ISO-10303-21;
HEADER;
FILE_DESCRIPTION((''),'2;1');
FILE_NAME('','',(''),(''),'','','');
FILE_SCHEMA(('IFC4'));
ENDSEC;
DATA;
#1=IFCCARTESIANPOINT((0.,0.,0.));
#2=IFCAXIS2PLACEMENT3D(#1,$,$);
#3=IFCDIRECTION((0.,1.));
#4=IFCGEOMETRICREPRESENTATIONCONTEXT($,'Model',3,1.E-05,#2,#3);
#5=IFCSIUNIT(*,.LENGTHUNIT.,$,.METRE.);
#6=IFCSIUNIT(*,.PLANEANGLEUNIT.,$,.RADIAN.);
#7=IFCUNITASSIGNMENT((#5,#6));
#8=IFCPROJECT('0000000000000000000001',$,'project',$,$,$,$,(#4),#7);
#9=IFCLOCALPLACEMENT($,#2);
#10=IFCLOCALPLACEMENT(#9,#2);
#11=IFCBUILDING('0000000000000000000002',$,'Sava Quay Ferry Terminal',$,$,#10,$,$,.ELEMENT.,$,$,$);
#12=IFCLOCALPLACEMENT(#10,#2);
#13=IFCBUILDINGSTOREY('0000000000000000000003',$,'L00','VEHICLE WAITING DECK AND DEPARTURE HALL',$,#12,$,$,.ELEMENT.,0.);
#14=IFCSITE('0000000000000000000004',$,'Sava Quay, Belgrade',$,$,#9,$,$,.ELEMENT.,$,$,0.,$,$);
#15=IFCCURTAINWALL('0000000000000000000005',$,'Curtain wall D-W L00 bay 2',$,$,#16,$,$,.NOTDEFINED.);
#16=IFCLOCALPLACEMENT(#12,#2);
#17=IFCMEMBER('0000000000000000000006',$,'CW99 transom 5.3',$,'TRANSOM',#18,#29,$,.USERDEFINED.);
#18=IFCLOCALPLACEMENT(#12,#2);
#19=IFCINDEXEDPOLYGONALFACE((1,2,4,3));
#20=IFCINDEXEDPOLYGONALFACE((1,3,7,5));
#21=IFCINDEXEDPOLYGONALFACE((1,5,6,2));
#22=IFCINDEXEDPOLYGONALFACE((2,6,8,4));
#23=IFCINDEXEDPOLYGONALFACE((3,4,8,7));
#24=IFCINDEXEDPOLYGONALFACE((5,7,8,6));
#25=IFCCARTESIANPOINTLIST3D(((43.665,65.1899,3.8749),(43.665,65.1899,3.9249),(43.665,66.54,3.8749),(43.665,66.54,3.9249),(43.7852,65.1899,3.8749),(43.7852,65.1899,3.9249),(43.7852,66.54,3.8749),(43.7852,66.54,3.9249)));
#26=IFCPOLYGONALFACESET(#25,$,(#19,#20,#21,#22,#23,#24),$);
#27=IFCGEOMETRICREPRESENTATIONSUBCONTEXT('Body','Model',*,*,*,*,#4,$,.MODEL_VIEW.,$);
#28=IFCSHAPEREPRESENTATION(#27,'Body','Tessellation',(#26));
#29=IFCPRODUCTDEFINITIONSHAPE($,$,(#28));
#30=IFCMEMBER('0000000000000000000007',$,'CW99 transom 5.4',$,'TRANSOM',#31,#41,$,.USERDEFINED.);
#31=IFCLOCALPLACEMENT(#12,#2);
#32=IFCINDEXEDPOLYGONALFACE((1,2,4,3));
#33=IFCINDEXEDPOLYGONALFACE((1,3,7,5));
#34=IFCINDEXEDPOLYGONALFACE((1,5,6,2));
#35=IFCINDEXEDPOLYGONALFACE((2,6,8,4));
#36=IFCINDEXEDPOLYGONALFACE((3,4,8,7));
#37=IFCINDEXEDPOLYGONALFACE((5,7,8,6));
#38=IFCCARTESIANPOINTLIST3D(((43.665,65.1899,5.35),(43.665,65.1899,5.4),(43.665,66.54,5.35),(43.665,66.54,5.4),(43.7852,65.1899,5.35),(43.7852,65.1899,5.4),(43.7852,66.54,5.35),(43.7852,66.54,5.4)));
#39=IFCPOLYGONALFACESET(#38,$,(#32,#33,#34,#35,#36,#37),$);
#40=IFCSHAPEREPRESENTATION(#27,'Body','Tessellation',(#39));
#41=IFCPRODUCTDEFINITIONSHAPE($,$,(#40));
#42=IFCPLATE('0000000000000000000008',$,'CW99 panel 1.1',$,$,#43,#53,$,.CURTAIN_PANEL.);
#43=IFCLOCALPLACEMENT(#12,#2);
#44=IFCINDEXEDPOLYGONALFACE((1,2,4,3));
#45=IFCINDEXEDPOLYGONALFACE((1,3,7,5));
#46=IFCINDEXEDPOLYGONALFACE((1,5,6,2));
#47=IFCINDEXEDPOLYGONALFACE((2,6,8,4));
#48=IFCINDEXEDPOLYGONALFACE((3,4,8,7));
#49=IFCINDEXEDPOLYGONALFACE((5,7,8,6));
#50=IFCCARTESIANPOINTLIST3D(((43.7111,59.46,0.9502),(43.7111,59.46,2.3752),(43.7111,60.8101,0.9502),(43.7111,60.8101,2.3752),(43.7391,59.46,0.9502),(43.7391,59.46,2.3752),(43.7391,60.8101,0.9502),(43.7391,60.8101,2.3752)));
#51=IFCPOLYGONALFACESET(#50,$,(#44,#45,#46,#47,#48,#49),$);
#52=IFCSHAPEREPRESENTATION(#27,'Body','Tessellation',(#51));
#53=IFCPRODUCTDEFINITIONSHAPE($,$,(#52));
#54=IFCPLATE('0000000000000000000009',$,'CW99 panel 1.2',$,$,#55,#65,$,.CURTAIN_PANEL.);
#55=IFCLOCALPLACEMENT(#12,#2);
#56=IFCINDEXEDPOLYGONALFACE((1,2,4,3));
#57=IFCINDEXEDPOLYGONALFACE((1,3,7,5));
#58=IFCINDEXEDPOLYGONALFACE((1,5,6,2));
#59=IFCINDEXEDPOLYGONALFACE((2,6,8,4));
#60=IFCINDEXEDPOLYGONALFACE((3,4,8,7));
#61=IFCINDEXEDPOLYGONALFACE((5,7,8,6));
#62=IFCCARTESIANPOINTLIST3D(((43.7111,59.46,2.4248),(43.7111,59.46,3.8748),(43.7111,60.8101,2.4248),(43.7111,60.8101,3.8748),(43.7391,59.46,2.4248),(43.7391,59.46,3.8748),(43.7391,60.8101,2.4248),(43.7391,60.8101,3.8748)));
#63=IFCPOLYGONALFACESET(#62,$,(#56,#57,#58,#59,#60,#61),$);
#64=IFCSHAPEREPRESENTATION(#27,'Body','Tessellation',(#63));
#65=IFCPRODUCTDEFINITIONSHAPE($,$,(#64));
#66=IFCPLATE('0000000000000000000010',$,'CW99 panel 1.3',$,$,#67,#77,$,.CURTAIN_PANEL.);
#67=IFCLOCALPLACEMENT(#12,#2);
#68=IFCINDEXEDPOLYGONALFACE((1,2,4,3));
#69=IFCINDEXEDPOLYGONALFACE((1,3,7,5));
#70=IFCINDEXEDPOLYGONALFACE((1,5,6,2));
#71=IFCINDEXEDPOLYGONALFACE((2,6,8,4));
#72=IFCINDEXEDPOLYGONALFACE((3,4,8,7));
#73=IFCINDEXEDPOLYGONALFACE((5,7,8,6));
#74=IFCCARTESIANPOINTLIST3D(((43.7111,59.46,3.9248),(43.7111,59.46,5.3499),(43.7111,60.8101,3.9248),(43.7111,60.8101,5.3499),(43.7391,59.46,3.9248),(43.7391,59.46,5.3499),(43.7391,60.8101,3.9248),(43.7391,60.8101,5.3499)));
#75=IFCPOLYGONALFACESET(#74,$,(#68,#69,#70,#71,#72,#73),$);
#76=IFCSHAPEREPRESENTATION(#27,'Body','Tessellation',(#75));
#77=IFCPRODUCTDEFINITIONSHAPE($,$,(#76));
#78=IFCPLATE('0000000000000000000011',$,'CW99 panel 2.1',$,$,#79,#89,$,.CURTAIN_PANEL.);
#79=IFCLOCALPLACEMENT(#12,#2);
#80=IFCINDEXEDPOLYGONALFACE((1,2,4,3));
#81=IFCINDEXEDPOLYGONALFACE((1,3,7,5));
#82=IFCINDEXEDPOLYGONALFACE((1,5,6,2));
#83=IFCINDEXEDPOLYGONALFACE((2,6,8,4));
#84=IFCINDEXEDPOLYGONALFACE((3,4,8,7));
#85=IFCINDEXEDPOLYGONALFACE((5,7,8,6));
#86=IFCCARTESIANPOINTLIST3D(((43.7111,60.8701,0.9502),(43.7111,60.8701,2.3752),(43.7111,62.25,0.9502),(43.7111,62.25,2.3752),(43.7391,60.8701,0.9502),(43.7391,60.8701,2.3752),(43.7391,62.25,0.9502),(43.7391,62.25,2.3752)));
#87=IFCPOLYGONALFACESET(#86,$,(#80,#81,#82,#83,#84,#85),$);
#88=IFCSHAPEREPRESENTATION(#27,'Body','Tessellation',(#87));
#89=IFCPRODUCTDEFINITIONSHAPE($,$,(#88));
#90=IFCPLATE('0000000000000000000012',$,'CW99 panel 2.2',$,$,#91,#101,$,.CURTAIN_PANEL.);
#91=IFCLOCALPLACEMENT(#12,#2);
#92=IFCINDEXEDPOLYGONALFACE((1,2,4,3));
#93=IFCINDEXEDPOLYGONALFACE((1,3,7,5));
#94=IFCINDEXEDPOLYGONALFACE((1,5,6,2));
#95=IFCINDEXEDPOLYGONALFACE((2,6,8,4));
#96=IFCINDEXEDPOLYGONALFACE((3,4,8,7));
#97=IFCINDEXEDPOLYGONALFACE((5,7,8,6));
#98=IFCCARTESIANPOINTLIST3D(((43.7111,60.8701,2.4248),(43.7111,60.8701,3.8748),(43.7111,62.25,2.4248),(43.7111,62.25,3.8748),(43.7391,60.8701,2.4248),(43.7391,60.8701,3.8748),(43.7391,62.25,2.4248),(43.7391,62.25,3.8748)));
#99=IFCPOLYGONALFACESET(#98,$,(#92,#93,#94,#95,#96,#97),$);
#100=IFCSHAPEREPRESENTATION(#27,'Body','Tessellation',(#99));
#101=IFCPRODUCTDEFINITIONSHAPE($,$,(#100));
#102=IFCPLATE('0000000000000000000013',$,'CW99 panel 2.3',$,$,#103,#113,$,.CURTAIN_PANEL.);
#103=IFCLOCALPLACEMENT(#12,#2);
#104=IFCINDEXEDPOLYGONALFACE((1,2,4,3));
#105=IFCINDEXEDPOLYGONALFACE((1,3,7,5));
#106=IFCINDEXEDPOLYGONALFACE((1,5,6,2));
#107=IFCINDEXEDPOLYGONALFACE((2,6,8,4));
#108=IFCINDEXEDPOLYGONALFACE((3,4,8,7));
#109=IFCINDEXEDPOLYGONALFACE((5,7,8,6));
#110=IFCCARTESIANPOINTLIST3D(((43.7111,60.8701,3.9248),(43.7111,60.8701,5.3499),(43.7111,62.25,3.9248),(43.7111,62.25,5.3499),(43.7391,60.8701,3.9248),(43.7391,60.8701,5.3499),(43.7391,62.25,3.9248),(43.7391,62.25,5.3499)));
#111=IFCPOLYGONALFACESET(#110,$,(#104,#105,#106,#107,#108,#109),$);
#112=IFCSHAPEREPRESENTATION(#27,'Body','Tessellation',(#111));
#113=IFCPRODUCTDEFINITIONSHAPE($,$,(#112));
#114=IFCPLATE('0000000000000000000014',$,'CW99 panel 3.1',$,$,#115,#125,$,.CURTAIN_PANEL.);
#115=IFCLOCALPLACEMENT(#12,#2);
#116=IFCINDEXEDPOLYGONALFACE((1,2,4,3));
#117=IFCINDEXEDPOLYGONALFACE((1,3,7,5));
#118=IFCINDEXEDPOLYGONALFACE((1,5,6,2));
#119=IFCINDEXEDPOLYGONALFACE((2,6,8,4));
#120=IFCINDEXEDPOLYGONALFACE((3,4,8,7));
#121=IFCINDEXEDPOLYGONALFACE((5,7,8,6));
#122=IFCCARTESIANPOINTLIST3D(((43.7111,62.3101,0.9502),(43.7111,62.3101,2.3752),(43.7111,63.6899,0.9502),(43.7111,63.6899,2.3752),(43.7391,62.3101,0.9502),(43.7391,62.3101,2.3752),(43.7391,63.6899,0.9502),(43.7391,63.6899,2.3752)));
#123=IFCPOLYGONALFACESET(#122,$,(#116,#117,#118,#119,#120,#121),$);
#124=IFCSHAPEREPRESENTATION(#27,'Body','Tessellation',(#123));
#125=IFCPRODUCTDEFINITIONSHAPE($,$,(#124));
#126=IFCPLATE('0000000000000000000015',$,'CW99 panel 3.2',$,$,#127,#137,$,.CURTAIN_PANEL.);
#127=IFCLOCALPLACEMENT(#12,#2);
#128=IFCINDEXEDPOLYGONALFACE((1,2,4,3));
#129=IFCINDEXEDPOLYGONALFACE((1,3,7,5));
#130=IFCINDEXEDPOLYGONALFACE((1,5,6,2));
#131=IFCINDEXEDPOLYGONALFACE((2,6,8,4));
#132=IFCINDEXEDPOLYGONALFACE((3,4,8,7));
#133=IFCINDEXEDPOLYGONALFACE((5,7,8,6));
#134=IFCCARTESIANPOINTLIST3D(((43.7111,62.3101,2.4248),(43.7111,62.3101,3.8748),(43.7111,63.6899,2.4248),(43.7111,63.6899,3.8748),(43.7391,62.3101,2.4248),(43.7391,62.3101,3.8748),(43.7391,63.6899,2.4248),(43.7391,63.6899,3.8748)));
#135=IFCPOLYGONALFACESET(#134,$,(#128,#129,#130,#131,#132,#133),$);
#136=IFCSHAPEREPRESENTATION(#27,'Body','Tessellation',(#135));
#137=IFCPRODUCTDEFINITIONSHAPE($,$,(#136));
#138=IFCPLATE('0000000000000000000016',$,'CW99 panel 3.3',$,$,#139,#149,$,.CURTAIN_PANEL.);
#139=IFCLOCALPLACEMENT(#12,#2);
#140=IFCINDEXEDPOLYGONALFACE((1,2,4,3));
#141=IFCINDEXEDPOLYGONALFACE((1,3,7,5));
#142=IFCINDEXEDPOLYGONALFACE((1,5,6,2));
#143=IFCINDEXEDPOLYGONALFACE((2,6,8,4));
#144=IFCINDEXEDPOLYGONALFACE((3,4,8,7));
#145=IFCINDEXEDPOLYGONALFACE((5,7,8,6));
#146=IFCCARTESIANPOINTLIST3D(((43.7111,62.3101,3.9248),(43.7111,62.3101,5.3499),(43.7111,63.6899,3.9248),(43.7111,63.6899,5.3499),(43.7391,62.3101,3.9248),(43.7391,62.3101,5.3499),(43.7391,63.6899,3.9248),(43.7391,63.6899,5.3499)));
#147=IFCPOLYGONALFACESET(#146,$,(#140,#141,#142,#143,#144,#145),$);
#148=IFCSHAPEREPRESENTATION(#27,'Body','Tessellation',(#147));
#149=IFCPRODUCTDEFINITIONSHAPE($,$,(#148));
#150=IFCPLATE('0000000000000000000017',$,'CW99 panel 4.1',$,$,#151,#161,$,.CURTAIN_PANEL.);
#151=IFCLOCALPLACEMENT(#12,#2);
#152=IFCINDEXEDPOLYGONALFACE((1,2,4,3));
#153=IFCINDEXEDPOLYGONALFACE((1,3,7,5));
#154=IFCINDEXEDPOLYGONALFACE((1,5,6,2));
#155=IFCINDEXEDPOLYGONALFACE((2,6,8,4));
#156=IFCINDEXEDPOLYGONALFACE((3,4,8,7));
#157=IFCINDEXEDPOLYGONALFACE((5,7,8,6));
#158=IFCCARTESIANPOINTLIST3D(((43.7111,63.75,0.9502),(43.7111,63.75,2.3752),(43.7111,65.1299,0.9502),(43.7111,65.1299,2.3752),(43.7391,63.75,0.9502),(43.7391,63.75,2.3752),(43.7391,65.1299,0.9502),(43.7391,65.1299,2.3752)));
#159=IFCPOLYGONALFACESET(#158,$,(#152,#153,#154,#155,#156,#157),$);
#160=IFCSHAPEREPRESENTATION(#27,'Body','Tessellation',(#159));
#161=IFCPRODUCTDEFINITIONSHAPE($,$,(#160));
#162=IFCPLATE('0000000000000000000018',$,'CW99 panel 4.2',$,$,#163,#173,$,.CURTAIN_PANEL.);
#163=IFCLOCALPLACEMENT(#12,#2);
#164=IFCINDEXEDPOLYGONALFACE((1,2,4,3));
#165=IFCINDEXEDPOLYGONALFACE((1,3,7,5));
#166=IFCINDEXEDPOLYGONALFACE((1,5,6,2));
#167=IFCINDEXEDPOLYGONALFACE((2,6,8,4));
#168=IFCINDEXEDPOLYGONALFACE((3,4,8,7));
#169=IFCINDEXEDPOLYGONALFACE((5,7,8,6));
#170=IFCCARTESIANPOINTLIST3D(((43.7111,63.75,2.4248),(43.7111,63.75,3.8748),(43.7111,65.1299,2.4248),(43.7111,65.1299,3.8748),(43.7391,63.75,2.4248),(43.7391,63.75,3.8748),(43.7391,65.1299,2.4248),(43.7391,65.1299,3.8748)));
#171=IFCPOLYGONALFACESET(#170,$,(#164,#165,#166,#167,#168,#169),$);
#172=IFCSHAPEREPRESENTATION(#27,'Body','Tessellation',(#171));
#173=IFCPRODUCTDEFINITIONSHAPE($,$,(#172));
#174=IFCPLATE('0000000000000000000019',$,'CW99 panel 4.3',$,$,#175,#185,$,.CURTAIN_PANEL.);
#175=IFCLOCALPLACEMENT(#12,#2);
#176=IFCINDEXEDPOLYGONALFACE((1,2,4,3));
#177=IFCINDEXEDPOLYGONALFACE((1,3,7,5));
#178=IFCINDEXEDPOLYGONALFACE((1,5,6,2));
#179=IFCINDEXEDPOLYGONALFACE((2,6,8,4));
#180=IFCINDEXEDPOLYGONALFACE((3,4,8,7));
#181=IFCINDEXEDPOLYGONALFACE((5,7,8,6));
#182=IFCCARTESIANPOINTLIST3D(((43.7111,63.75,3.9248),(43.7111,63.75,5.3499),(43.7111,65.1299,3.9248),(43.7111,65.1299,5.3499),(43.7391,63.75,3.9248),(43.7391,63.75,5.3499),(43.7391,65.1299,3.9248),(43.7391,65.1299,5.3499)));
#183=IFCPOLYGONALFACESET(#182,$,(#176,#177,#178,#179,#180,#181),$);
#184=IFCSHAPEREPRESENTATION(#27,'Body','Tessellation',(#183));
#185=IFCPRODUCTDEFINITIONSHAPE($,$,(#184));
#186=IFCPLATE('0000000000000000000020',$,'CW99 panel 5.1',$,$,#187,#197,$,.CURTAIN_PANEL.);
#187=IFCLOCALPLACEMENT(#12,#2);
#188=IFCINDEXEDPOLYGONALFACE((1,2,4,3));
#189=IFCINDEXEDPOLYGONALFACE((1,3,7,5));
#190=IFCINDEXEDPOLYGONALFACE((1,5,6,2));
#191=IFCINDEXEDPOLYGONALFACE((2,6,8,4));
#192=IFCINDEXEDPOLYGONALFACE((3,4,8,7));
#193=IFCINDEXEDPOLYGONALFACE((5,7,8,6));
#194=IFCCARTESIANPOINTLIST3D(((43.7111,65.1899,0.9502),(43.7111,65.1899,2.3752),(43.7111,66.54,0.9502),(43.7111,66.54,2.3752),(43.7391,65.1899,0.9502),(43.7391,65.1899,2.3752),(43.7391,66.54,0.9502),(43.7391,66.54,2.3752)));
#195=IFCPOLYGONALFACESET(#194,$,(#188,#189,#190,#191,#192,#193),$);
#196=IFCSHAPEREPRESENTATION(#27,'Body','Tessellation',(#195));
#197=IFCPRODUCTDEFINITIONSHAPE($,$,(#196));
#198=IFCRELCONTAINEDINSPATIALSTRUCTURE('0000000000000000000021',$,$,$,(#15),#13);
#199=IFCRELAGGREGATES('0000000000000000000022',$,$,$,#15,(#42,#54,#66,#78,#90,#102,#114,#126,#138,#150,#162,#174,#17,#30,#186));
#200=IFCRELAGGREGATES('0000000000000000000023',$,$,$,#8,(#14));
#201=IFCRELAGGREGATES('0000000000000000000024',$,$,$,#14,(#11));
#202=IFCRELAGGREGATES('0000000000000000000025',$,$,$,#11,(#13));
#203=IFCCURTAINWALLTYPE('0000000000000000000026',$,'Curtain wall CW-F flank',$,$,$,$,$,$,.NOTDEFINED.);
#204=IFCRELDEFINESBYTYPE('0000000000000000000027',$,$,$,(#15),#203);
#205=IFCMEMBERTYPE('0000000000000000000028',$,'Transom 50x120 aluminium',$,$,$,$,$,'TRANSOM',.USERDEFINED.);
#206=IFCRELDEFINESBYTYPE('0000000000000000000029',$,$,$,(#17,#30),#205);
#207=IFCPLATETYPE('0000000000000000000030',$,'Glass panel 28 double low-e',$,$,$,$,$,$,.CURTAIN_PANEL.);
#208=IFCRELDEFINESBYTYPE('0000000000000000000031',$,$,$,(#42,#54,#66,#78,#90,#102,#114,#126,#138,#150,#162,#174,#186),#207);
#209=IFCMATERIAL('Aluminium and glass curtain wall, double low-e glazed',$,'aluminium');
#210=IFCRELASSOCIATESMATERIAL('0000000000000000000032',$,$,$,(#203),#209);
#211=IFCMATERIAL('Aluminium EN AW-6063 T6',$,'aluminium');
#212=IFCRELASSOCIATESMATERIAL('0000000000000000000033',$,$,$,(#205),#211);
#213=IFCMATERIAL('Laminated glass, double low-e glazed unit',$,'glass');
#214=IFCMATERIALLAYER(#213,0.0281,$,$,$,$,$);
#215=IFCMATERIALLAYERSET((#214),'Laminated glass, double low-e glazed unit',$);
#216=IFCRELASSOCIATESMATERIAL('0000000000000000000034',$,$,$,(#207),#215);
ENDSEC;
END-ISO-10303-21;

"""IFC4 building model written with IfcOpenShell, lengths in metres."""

from ifc_helpers import new_model, si_unit, direction, frame, origin, origin_2d, place, context, subcontext, project, spatial, rectangle, extrude, material, layer, layer_set, material_profile, profile_set, type_object, element, aggregate, save


model = new_model("IFC4")

# Units and contexts
model_context = context("Model", 3, precision=1e-05, world=origin(), true_north=direction((0.0, 1.0)))
body_context = subcontext(model_context, "Body", "Model", "MODEL_VIEW")
ifc_project = project(units=[si_unit("LENGTHUNIT", "METRE"), si_unit("PLANEANGLEUNIT", "RADIAN")], contexts=[model_context])

# Site, building, storey
site_placement = place(None, origin())
site = spatial("IfcSite", under=ifc_project, at=site_placement, Name="Sava Quay, Belgrade", CompositionType="ELEMENT", RefElevation=0.0)
building_placement = place(site_placement, origin())
building = spatial("IfcBuilding", under=site, at=building_placement, Name="Sava Quay Ferry Terminal", CompositionType="ELEMENT")
storey_placement = place(building_placement, origin())
storey = spatial("IfcBuildingStorey", under=building, at=storey_placement, Name="L00", Description="VEHICLE WAITING DECK AND DEPARTURE HALL", CompositionType="ELEMENT", Elevation=0.0)

# Curtain wall, members, plates
ifc_material_1 = material(Name="Aluminium and glass curtain wall, double low-e glazed", Category="aluminium")
curtain_wall_type = type_object("IfcCurtainWallType", Name="Curtain wall CW-F flank", PredefinedType="NOTDEFINED", material=ifc_material_1)
curtain_wall_placement = place(storey_placement, origin())
curtain_wall = element("IfcCurtainWall", 1, at=curtain_wall_placement, inside=storey, type_object=curtain_wall_type, Name="Curtain wall D-W L00 bay 2", PredefinedType="NOTDEFINED")
ifc_material_2 = material(Name="Aluminium EN AW-6063 T6", Category="aluminium")
ifc_material_profile = material_profile(ifc_material_2, rectangle(XDim=0.1201, YDim=0.05, at=origin_2d()), Name="Transom 50x120 aluminium")
ifc_profile_set = profile_set([ifc_material_profile], Name="Aluminium EN AW-6063 T6")
member_type = type_object("IfcMemberType", Name="Transom 50x120 aluminium", ElementType="TRANSOM", PredefinedType="USERDEFINED", material=ifc_profile_set)
member_1_placement = place(storey_placement, frame((43.7251, 65.1899, 3.8999), z_axis=(0.0, 1.0, 0.0), x_axis=(-1.0, 0.0, 0.0)))
member_1 = element("IfcMember", 2, at=member_1_placement, type_object=member_type, Name="CW99 transom 5.3", ObjectType="TRANSOM", PredefinedType="USERDEFINED", context=body_context, shape_type="SweptSolid", body=[
    extrude(rectangle(XDim=0.1201, YDim=0.05, at=origin_2d()), origin(), (0.0, 0.0, 1.0), 1.3501),
])
member_2_placement = place(storey_placement, frame((43.7251, 65.1899, 5.375), z_axis=(0.0, 1.0, 0.0), x_axis=(-1.0, 0.0, 0.0)))
member_2 = element("IfcMember", 3, at=member_2_placement, type_object=member_type, Name="CW99 transom 5.4", ObjectType="TRANSOM", PredefinedType="USERDEFINED", context=body_context, shape_type="SweptSolid", body=[
    extrude(rectangle(XDim=0.1201, YDim=0.05, at=origin_2d()), origin(), (0.0, 0.0, 1.0), 1.3501),
])
ifc_material_3 = material(Name="Laminated glass, double low-e glazed unit", Category="glass")
ifc_layer = layer(ifc_material_3, 0.0281)
ifc_layer_set = layer_set([ifc_layer], Name="Laminated glass, double low-e glazed unit")
plate_type = type_object("IfcPlateType", Name="Glass panel 28 double low-e", PredefinedType="CURTAIN_PANEL", material=ifc_layer_set)
plate_1_placement = place(storey_placement, frame((43.7251, 60.135, 0.9502), z_axis=(0.0, 0.0, 1.0), x_axis=(0.0, 1.0, 0.0)))
plate_1 = element("IfcPlate", 4, at=plate_1_placement, type_object=plate_type, Name="CW99 panel 1.1", PredefinedType="CURTAIN_PANEL", context=body_context, shape_type="SweptSolid", body=[
    extrude(rectangle(XDim=1.3501, YDim=0.0281, at=origin_2d()), origin(), (0.0, 0.0, 1.0), 1.425),
])
plate_2_placement = place(storey_placement, frame((43.7251, 60.135, 2.4248), z_axis=(0.0, 0.0, 1.0), x_axis=(0.0, 1.0, 0.0)))
plate_2 = element("IfcPlate", 5, at=plate_2_placement, type_object=plate_type, Name="CW99 panel 1.2", PredefinedType="CURTAIN_PANEL", context=body_context, shape_type="SweptSolid", body=[
    extrude(rectangle(XDim=1.3501, YDim=0.0281, at=origin_2d()), origin(), (0.0, 0.0, 1.0), 1.45),
])
plate_3_placement = place(storey_placement, frame((43.7251, 60.135, 3.9248), z_axis=(0.0, 0.0, 1.0), x_axis=(0.0, 1.0, 0.0)))
plate_3 = element("IfcPlate", 6, at=plate_3_placement, type_object=plate_type, Name="CW99 panel 1.3", PredefinedType="CURTAIN_PANEL", context=body_context, shape_type="SweptSolid", body=[
    extrude(rectangle(XDim=1.3501, YDim=0.0281, at=origin_2d()), origin(), (0.0, 0.0, 1.0), 1.425),
])
plate_4_placement = place(storey_placement, frame((43.7251, 61.5601, 0.9502), z_axis=(0.0, 0.0, 1.0), x_axis=(0.0, 1.0, 0.0)))
plate_4 = element("IfcPlate", 7, at=plate_4_placement, type_object=plate_type, Name="CW99 panel 2.1", PredefinedType="CURTAIN_PANEL", context=body_context, shape_type="SweptSolid", body=[
    extrude(rectangle(XDim=1.3799, YDim=0.0281, at=origin_2d()), origin(), (0.0, 0.0, 1.0), 1.425),
])
plate_5_placement = place(storey_placement, frame((43.7251, 61.5601, 2.4248), z_axis=(0.0, 0.0, 1.0), x_axis=(0.0, 1.0, 0.0)))
plate_5 = element("IfcPlate", 8, at=plate_5_placement, type_object=plate_type, Name="CW99 panel 2.2", PredefinedType="CURTAIN_PANEL", context=body_context, shape_type="SweptSolid", body=[
    extrude(rectangle(XDim=1.3799, YDim=0.0281, at=origin_2d()), origin(), (0.0, 0.0, 1.0), 1.45),
])
plate_6_placement = place(storey_placement, frame((43.7251, 61.5601, 3.9248), z_axis=(0.0, 0.0, 1.0), x_axis=(0.0, 1.0, 0.0)))
plate_6 = element("IfcPlate", 9, at=plate_6_placement, type_object=plate_type, Name="CW99 panel 2.3", PredefinedType="CURTAIN_PANEL", context=body_context, shape_type="SweptSolid", body=[
    extrude(rectangle(XDim=1.3799, YDim=0.0281, at=origin_2d()), origin(), (0.0, 0.0, 1.0), 1.425),
])
plate_7_placement = place(storey_placement, frame((43.7251, 63.0, 0.9502), z_axis=(0.0, 0.0, 1.0), x_axis=(0.0, 1.0, 0.0)))
plate_7 = element("IfcPlate", 10, at=plate_7_placement, type_object=plate_type, Name="CW99 panel 3.1", PredefinedType="CURTAIN_PANEL", context=body_context, shape_type="SweptSolid", body=[
    extrude(rectangle(XDim=1.3799, YDim=0.0281, at=origin_2d()), origin(), (0.0, 0.0, 1.0), 1.425),
])
plate_8_placement = place(storey_placement, frame((43.7251, 63.0, 2.4248), z_axis=(0.0, 0.0, 1.0), x_axis=(0.0, 1.0, 0.0)))
plate_8 = element("IfcPlate", 11, at=plate_8_placement, type_object=plate_type, Name="CW99 panel 3.2", PredefinedType="CURTAIN_PANEL", context=body_context, shape_type="SweptSolid", body=[
    extrude(rectangle(XDim=1.3799, YDim=0.0281, at=origin_2d()), origin(), (0.0, 0.0, 1.0), 1.45),
])
plate_9_placement = place(storey_placement, frame((43.7251, 63.0, 3.9248), z_axis=(0.0, 0.0, 1.0), x_axis=(0.0, 1.0, 0.0)))
plate_9 = element("IfcPlate", 12, at=plate_9_placement, type_object=plate_type, Name="CW99 panel 3.3", PredefinedType="CURTAIN_PANEL", context=body_context, shape_type="SweptSolid", body=[
    extrude(rectangle(XDim=1.3799, YDim=0.0281, at=origin_2d()), origin(), (0.0, 0.0, 1.0), 1.425),
])
plate_10_placement = place(storey_placement, frame((43.7251, 64.4399, 0.9502), z_axis=(0.0, 0.0, 1.0), x_axis=(0.0, 1.0, 0.0)))
plate_10 = element("IfcPlate", 13, at=plate_10_placement, type_object=plate_type, Name="CW99 panel 4.1", PredefinedType="CURTAIN_PANEL", context=body_context, shape_type="SweptSolid", body=[
    extrude(rectangle(XDim=1.3799, YDim=0.0281, at=origin_2d()), origin(), (0.0, 0.0, 1.0), 1.425),
])
plate_11_placement = place(storey_placement, frame((43.7251, 64.4399, 2.4248), z_axis=(0.0, 0.0, 1.0), x_axis=(0.0, 1.0, 0.0)))
plate_11 = element("IfcPlate", 14, at=plate_11_placement, type_object=plate_type, Name="CW99 panel 4.2", PredefinedType="CURTAIN_PANEL", context=body_context, shape_type="SweptSolid", body=[
    extrude(rectangle(XDim=1.3799, YDim=0.0281, at=origin_2d()), origin(), (0.0, 0.0, 1.0), 1.45),
])
plate_12_placement = place(storey_placement, frame((43.7251, 64.4399, 3.9248), z_axis=(0.0, 0.0, 1.0), x_axis=(0.0, 1.0, 0.0)))
plate_12 = element("IfcPlate", 15, at=plate_12_placement, type_object=plate_type, Name="CW99 panel 4.3", PredefinedType="CURTAIN_PANEL", context=body_context, shape_type="SweptSolid", body=[
    extrude(rectangle(XDim=1.3799, YDim=0.0281, at=origin_2d()), origin(), (0.0, 0.0, 1.0), 1.425),
])
plate_13_placement = place(storey_placement, frame((43.7251, 65.865, 0.9502), z_axis=(0.0, 0.0, 1.0), x_axis=(0.0, 1.0, 0.0)))
plate_13 = element("IfcPlate", 16, at=plate_13_placement, type_object=plate_type, Name="CW99 panel 5.1", PredefinedType="CURTAIN_PANEL", context=body_context, shape_type="SweptSolid", body=[
    extrude(rectangle(XDim=1.3501, YDim=0.0281, at=origin_2d()), origin(), (0.0, 0.0, 1.0), 1.425),
])
aggregate(curtain_wall, [plate_1, plate_2, plate_3, plate_4, plate_5, plate_6, plate_7, plate_8, plate_9, plate_10, plate_11, plate_12, member_1, member_2, plate_13])

save(model, "model.ifc")
